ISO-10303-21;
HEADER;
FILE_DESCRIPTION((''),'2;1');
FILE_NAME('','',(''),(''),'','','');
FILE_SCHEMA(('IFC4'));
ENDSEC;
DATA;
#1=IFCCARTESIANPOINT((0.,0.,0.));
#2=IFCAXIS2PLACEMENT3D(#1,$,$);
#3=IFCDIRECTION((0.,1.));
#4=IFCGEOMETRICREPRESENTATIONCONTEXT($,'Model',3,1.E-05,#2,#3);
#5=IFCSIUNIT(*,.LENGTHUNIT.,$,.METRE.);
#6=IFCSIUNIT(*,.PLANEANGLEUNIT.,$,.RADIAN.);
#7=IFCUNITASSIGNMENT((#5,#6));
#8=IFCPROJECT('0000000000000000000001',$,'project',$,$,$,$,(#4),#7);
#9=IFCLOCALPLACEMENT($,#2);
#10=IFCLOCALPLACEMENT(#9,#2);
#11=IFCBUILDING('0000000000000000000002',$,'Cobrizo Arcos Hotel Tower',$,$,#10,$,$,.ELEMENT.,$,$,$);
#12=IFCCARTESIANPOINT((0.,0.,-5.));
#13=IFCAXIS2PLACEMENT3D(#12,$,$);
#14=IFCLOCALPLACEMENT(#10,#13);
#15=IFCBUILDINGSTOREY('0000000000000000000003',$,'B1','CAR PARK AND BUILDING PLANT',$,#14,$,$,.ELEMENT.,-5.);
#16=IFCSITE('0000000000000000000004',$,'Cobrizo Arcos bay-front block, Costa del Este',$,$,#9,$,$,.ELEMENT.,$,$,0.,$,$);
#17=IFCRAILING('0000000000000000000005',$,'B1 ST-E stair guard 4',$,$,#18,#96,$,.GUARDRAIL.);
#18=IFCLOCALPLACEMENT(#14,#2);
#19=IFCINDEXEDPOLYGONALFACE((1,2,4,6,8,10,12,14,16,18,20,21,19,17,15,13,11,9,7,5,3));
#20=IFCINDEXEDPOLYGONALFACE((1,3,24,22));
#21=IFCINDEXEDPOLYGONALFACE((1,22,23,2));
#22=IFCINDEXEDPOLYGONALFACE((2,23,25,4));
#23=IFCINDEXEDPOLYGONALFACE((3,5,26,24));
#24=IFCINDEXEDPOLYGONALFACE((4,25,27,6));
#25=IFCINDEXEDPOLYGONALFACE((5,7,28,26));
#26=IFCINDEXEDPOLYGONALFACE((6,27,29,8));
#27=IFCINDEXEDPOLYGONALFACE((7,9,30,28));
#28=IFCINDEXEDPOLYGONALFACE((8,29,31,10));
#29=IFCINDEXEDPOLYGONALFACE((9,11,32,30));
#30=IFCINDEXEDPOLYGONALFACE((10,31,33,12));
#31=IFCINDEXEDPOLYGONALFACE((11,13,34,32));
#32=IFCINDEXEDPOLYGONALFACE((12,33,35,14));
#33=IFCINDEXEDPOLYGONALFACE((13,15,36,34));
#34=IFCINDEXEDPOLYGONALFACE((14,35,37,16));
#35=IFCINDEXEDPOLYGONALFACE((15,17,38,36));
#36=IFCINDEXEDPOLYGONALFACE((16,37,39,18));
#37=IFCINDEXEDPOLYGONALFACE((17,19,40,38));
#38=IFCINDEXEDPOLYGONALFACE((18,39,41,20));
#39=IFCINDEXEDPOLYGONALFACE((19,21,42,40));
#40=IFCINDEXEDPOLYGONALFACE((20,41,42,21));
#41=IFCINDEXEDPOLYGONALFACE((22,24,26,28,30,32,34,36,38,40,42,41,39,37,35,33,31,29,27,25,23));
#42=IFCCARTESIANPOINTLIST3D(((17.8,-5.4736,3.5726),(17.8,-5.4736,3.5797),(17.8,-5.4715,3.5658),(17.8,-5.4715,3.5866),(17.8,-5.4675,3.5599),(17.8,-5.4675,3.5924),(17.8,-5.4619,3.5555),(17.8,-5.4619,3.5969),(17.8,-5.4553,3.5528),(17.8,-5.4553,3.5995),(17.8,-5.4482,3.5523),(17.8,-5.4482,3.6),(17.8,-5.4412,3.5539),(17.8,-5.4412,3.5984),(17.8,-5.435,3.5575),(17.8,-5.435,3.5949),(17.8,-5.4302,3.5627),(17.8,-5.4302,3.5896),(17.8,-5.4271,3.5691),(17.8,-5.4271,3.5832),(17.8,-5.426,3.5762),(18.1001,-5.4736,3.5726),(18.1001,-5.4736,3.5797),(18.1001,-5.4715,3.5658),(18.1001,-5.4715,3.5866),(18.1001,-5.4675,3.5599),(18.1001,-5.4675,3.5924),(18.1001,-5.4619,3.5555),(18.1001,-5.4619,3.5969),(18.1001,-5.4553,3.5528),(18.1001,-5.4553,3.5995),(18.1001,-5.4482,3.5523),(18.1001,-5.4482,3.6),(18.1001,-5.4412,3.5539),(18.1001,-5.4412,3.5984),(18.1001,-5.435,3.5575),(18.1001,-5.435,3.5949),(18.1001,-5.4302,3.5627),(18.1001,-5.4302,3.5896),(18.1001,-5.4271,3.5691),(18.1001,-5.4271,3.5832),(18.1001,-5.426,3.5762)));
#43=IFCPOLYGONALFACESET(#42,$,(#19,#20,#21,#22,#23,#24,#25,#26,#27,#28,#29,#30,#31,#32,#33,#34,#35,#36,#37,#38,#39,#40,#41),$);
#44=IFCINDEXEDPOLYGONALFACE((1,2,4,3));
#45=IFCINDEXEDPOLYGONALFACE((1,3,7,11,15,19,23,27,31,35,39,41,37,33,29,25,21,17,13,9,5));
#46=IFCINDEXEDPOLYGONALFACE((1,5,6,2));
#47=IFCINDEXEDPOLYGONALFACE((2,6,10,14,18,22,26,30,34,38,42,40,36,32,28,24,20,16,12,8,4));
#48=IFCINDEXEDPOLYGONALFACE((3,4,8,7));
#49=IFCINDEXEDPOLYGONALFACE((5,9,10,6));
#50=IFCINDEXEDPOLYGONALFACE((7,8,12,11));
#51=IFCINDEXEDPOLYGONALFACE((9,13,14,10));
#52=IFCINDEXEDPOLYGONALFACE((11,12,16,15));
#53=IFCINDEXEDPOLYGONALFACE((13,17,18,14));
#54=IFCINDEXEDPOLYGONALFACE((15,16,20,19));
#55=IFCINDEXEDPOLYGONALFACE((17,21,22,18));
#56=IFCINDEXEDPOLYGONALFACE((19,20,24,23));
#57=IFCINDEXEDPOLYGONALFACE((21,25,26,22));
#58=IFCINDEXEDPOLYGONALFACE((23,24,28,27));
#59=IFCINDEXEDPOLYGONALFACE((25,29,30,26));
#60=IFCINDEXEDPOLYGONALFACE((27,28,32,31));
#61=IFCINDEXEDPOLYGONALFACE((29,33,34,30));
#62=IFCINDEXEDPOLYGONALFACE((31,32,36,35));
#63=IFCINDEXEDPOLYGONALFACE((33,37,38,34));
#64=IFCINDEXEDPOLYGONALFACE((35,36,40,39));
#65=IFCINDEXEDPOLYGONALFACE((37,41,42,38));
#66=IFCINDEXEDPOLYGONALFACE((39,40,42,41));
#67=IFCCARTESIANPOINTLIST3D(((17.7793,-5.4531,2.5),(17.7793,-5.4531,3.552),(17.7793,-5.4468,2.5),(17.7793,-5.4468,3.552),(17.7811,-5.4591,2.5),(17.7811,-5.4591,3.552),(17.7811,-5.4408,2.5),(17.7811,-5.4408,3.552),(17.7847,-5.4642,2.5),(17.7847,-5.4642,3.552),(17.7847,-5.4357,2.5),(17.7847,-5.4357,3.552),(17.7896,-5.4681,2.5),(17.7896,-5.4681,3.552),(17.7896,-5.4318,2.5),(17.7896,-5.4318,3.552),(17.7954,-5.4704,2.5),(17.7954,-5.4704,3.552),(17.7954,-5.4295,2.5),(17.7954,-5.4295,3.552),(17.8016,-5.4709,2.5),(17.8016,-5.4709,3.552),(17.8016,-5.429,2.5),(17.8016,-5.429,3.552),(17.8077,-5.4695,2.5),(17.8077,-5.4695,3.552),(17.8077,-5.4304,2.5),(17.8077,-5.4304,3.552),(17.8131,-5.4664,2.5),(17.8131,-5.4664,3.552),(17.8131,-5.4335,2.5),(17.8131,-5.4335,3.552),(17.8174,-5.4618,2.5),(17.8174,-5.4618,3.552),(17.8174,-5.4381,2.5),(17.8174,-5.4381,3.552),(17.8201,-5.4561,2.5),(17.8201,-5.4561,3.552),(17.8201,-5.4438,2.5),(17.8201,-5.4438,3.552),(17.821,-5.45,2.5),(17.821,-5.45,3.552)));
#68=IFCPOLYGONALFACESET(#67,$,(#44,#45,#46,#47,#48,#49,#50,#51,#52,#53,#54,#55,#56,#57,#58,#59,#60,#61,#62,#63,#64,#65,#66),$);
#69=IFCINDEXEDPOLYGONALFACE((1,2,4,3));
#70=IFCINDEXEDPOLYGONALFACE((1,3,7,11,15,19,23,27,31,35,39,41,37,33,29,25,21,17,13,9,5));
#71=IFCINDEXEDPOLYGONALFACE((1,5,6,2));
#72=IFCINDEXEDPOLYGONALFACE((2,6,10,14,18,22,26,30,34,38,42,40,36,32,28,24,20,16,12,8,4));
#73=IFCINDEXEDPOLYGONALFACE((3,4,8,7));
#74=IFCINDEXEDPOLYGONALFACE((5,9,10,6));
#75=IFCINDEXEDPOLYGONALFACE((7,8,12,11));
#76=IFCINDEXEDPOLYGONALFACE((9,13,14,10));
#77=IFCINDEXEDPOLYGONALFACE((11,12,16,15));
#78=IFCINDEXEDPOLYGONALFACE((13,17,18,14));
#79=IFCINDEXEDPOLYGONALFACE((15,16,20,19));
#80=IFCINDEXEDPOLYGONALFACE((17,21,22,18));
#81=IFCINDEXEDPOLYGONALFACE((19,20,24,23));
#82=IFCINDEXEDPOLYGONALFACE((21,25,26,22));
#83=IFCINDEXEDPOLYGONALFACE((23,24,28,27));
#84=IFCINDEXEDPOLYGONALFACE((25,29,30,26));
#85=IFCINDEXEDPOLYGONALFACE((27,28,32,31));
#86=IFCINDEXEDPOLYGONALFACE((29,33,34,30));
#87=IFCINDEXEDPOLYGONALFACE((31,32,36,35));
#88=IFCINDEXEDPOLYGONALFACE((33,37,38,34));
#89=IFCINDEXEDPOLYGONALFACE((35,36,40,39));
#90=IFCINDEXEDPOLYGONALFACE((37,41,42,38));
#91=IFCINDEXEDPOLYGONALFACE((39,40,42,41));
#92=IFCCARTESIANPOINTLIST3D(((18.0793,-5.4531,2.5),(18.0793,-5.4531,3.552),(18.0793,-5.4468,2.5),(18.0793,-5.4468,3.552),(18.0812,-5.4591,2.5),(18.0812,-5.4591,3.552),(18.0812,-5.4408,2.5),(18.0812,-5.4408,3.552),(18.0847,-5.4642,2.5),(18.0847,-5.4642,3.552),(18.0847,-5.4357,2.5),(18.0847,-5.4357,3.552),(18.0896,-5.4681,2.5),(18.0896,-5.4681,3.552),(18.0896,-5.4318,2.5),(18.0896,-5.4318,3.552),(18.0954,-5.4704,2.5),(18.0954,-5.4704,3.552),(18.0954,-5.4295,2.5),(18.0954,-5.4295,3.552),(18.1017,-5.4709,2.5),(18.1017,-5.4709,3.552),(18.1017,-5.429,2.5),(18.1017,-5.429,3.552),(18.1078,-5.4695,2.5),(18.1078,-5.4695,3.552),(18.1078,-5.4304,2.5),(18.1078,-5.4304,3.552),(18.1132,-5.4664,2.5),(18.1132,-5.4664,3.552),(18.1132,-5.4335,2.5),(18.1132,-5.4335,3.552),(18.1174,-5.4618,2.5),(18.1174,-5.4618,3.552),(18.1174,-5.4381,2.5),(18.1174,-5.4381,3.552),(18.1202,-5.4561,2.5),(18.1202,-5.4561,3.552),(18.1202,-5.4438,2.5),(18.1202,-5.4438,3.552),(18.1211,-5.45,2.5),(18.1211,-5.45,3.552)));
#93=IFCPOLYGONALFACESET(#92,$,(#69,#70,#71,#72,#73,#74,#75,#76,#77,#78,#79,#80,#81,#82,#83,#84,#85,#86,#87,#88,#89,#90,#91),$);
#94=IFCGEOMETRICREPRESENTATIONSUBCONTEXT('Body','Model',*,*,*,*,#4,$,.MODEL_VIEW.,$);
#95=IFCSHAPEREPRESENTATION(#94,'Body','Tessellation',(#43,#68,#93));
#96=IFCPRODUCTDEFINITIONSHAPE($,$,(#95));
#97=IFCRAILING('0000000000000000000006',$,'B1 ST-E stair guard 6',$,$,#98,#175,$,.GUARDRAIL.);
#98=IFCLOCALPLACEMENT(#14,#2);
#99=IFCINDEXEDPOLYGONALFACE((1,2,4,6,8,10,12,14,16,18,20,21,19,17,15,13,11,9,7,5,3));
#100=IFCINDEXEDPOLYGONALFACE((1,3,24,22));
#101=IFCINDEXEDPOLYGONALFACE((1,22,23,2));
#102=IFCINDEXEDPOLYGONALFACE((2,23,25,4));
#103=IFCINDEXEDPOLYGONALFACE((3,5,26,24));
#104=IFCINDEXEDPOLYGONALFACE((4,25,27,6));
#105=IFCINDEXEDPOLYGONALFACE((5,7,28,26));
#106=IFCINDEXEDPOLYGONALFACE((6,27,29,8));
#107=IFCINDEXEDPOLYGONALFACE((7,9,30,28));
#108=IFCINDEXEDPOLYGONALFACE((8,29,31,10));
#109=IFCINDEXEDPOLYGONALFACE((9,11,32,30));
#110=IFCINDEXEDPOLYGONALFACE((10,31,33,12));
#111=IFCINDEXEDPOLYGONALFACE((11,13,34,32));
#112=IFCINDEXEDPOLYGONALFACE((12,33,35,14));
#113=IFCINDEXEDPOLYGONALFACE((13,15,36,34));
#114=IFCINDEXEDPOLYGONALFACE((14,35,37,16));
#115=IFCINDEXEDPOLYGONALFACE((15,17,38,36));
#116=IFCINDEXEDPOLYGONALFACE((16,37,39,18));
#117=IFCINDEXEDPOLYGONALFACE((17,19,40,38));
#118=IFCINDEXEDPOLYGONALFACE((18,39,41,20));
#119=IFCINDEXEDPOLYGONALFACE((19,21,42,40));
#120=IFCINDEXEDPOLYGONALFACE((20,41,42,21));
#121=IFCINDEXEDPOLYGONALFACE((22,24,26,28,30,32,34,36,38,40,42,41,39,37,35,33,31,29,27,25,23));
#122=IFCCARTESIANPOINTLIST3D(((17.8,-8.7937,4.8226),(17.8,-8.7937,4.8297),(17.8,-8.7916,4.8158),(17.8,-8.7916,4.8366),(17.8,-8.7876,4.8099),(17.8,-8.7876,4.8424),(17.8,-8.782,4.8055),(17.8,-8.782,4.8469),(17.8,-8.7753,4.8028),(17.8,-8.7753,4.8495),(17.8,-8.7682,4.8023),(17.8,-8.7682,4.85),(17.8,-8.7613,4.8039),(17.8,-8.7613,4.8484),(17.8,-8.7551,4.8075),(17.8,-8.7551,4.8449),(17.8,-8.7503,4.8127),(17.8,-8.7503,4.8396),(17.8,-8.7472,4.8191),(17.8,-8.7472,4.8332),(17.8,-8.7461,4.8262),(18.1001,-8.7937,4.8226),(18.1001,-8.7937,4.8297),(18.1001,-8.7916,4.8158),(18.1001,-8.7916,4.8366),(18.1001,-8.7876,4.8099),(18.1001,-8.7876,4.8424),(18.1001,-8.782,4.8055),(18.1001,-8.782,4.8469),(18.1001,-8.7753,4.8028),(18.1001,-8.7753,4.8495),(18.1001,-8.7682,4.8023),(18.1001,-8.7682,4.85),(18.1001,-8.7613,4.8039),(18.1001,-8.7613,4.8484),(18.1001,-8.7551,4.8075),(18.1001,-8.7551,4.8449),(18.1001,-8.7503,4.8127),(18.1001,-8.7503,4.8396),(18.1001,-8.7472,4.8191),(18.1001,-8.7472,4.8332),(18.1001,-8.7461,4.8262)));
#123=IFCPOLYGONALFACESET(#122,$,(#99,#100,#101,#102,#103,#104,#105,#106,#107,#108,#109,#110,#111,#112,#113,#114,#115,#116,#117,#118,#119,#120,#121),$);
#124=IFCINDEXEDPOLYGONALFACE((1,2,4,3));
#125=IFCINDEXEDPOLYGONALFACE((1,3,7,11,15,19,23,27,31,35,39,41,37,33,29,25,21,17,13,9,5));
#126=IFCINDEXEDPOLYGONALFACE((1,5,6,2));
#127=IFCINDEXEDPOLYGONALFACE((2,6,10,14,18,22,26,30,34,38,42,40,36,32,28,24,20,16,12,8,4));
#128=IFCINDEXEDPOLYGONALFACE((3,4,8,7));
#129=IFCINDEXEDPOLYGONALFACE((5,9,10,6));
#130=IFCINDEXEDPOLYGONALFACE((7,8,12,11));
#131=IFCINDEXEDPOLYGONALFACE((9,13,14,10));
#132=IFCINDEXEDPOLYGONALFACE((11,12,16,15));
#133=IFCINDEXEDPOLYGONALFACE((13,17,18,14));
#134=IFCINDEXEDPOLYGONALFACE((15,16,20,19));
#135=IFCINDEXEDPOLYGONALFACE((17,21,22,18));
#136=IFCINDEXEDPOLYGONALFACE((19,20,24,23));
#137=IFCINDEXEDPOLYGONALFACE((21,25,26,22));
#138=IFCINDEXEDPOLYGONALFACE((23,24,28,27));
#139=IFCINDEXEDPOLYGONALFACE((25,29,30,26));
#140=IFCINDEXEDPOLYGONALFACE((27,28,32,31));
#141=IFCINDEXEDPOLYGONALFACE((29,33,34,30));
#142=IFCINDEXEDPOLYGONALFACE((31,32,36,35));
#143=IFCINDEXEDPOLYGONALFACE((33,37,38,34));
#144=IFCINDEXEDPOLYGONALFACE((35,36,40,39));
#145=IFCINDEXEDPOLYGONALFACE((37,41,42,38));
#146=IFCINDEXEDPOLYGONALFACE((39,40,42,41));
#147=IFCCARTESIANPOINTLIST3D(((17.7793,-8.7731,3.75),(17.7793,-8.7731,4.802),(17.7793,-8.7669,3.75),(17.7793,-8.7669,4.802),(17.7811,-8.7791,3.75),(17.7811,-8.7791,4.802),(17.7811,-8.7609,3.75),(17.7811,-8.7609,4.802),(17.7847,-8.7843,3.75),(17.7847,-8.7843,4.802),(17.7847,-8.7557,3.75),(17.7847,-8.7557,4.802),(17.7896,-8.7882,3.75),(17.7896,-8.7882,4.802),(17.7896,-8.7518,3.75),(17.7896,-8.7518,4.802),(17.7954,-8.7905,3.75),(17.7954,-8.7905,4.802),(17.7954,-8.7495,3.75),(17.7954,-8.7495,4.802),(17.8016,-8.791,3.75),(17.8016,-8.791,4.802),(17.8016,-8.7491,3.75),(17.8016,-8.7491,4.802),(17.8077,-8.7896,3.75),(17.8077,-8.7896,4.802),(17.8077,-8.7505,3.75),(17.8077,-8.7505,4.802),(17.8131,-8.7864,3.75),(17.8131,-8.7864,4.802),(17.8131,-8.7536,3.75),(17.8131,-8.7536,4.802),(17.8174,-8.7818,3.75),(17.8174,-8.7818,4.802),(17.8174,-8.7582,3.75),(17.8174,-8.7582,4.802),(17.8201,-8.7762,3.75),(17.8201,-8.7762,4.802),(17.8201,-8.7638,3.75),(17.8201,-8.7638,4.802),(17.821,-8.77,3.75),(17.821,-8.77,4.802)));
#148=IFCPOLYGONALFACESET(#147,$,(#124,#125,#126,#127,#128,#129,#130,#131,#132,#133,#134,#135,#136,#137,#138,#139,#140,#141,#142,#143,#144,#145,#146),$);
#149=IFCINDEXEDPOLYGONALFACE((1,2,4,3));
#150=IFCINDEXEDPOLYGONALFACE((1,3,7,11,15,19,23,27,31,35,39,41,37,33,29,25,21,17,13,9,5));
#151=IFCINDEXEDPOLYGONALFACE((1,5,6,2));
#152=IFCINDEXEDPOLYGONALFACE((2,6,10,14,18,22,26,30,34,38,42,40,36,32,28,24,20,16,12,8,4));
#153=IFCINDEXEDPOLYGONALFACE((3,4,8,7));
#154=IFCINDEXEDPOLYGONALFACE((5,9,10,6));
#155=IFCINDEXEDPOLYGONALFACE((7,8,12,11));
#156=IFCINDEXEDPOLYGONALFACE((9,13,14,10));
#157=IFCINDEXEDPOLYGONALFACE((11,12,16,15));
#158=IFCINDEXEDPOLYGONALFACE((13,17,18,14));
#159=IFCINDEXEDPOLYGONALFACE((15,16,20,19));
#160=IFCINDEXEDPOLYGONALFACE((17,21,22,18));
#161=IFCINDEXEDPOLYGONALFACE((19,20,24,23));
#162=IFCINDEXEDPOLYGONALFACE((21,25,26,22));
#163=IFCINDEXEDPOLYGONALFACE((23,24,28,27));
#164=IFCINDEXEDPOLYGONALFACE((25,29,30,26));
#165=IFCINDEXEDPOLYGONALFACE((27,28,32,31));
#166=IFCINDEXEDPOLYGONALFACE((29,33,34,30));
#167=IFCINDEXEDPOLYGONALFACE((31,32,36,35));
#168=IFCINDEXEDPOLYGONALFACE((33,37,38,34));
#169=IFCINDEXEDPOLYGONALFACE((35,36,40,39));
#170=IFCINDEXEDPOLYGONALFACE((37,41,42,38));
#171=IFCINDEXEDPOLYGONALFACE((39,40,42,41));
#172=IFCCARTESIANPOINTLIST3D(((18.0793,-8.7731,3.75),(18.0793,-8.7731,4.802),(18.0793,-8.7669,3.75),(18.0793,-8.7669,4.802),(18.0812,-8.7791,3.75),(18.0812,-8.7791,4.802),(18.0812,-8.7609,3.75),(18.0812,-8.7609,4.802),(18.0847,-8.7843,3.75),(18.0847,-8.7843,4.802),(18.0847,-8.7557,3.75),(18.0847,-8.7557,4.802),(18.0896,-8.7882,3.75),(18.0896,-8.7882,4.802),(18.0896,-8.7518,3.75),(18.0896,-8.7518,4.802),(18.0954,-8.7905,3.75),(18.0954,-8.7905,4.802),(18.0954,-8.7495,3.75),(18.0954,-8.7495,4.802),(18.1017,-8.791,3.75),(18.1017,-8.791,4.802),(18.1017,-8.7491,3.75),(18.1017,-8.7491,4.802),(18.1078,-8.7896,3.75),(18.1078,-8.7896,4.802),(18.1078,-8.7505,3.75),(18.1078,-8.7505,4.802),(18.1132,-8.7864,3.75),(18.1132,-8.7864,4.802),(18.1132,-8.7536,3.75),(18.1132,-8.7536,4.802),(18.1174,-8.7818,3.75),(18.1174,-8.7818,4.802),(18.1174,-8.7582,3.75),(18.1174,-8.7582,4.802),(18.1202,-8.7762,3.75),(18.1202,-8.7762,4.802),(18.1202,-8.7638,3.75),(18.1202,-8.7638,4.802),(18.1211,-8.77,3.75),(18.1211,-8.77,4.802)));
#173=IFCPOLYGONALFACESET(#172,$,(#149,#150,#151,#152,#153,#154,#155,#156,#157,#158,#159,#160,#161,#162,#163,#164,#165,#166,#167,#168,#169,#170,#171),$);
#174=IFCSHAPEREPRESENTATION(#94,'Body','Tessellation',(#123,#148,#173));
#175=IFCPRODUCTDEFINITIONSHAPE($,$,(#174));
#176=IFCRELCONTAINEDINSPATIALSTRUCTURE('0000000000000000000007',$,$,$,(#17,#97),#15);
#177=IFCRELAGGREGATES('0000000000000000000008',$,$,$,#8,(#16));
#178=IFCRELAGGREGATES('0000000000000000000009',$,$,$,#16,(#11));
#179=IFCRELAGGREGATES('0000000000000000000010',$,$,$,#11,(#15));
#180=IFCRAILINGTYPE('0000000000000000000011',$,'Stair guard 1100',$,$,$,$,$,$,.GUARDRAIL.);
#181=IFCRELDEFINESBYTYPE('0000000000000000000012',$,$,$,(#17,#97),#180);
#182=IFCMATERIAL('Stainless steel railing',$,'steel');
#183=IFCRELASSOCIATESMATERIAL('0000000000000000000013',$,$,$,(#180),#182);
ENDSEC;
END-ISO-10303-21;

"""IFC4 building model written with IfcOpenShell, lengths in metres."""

from ifc_helpers import new_model, si_unit, direction, frame, origin, origin_2d, place, context, subcontext, project, spatial, circle, extrude, material, type_object, element, save


model = new_model("IFC4")

# Units and contexts
model_context = context("Model", 3, precision=1e-05, world=origin(), true_north=direction((0.0, 1.0)))
body_context = subcontext(model_context, "Body", "Model", "MODEL_VIEW")
ifc_project = project(units=[si_unit("LENGTHUNIT", "METRE"), si_unit("PLANEANGLEUNIT", "RADIAN")], contexts=[model_context])

# Site, building, storey
site_placement = place(None, origin())
site = spatial("IfcSite", under=ifc_project, at=site_placement, Name="Cobrizo Arcos bay-front block, Costa del Este", CompositionType="ELEMENT", RefElevation=0.0)
building_placement = place(site_placement, origin())
building = spatial("IfcBuilding", under=site, at=building_placement, Name="Cobrizo Arcos Hotel Tower", CompositionType="ELEMENT")
storey_placement = place(building_placement, frame((0.0, 0.0, -5.0)))
storey = spatial("IfcBuildingStorey", under=building, at=storey_placement, Name="B1", Description="CAR PARK AND BUILDING PLANT", CompositionType="ELEMENT", Elevation=-5.0)

# Railings
ifc_material_1 = material(Name="Stainless steel railing", Category="steel")
railing_type_1 = type_object("IfcRailingType", Name="Stair guard 1100", PredefinedType="GUARDRAIL", material=ifc_material_1)
for number, where, name in (
    (1, (17.8, -5.45, 2.5), "B1 ST-E stair guard 4"),
    (2, (17.8, -8.77, 3.75), "B1 ST-E stair guard 6"),
):
    element("IfcRailing", number, at=place(storey_placement, frame(where)), inside=storey, type_object=railing_type_1, Name=name, PredefinedType="GUARDRAIL", context=body_context, shape_type="SweptSolid", body=[
        extrude(circle(Radius=0.0239, at=origin_2d()), frame((0.0, 0.0, 1.0762), z_axis=(1.0, 0.0, 0.0), x_axis=(0.0, 1.0, 0.0)), (0.0, 0.0, 1.0), 0.3),
        extrude(circle(Radius=0.021, at=origin_2d()), origin(), (0.0, 0.0, 1.0), 1.052),
        extrude(circle(Radius=0.021, at=origin_2d()), frame((0.3, 0.0, 0.0)), (0.0, 0.0, 1.0), 1.052),
    ])

save(model, "model.ifc")
